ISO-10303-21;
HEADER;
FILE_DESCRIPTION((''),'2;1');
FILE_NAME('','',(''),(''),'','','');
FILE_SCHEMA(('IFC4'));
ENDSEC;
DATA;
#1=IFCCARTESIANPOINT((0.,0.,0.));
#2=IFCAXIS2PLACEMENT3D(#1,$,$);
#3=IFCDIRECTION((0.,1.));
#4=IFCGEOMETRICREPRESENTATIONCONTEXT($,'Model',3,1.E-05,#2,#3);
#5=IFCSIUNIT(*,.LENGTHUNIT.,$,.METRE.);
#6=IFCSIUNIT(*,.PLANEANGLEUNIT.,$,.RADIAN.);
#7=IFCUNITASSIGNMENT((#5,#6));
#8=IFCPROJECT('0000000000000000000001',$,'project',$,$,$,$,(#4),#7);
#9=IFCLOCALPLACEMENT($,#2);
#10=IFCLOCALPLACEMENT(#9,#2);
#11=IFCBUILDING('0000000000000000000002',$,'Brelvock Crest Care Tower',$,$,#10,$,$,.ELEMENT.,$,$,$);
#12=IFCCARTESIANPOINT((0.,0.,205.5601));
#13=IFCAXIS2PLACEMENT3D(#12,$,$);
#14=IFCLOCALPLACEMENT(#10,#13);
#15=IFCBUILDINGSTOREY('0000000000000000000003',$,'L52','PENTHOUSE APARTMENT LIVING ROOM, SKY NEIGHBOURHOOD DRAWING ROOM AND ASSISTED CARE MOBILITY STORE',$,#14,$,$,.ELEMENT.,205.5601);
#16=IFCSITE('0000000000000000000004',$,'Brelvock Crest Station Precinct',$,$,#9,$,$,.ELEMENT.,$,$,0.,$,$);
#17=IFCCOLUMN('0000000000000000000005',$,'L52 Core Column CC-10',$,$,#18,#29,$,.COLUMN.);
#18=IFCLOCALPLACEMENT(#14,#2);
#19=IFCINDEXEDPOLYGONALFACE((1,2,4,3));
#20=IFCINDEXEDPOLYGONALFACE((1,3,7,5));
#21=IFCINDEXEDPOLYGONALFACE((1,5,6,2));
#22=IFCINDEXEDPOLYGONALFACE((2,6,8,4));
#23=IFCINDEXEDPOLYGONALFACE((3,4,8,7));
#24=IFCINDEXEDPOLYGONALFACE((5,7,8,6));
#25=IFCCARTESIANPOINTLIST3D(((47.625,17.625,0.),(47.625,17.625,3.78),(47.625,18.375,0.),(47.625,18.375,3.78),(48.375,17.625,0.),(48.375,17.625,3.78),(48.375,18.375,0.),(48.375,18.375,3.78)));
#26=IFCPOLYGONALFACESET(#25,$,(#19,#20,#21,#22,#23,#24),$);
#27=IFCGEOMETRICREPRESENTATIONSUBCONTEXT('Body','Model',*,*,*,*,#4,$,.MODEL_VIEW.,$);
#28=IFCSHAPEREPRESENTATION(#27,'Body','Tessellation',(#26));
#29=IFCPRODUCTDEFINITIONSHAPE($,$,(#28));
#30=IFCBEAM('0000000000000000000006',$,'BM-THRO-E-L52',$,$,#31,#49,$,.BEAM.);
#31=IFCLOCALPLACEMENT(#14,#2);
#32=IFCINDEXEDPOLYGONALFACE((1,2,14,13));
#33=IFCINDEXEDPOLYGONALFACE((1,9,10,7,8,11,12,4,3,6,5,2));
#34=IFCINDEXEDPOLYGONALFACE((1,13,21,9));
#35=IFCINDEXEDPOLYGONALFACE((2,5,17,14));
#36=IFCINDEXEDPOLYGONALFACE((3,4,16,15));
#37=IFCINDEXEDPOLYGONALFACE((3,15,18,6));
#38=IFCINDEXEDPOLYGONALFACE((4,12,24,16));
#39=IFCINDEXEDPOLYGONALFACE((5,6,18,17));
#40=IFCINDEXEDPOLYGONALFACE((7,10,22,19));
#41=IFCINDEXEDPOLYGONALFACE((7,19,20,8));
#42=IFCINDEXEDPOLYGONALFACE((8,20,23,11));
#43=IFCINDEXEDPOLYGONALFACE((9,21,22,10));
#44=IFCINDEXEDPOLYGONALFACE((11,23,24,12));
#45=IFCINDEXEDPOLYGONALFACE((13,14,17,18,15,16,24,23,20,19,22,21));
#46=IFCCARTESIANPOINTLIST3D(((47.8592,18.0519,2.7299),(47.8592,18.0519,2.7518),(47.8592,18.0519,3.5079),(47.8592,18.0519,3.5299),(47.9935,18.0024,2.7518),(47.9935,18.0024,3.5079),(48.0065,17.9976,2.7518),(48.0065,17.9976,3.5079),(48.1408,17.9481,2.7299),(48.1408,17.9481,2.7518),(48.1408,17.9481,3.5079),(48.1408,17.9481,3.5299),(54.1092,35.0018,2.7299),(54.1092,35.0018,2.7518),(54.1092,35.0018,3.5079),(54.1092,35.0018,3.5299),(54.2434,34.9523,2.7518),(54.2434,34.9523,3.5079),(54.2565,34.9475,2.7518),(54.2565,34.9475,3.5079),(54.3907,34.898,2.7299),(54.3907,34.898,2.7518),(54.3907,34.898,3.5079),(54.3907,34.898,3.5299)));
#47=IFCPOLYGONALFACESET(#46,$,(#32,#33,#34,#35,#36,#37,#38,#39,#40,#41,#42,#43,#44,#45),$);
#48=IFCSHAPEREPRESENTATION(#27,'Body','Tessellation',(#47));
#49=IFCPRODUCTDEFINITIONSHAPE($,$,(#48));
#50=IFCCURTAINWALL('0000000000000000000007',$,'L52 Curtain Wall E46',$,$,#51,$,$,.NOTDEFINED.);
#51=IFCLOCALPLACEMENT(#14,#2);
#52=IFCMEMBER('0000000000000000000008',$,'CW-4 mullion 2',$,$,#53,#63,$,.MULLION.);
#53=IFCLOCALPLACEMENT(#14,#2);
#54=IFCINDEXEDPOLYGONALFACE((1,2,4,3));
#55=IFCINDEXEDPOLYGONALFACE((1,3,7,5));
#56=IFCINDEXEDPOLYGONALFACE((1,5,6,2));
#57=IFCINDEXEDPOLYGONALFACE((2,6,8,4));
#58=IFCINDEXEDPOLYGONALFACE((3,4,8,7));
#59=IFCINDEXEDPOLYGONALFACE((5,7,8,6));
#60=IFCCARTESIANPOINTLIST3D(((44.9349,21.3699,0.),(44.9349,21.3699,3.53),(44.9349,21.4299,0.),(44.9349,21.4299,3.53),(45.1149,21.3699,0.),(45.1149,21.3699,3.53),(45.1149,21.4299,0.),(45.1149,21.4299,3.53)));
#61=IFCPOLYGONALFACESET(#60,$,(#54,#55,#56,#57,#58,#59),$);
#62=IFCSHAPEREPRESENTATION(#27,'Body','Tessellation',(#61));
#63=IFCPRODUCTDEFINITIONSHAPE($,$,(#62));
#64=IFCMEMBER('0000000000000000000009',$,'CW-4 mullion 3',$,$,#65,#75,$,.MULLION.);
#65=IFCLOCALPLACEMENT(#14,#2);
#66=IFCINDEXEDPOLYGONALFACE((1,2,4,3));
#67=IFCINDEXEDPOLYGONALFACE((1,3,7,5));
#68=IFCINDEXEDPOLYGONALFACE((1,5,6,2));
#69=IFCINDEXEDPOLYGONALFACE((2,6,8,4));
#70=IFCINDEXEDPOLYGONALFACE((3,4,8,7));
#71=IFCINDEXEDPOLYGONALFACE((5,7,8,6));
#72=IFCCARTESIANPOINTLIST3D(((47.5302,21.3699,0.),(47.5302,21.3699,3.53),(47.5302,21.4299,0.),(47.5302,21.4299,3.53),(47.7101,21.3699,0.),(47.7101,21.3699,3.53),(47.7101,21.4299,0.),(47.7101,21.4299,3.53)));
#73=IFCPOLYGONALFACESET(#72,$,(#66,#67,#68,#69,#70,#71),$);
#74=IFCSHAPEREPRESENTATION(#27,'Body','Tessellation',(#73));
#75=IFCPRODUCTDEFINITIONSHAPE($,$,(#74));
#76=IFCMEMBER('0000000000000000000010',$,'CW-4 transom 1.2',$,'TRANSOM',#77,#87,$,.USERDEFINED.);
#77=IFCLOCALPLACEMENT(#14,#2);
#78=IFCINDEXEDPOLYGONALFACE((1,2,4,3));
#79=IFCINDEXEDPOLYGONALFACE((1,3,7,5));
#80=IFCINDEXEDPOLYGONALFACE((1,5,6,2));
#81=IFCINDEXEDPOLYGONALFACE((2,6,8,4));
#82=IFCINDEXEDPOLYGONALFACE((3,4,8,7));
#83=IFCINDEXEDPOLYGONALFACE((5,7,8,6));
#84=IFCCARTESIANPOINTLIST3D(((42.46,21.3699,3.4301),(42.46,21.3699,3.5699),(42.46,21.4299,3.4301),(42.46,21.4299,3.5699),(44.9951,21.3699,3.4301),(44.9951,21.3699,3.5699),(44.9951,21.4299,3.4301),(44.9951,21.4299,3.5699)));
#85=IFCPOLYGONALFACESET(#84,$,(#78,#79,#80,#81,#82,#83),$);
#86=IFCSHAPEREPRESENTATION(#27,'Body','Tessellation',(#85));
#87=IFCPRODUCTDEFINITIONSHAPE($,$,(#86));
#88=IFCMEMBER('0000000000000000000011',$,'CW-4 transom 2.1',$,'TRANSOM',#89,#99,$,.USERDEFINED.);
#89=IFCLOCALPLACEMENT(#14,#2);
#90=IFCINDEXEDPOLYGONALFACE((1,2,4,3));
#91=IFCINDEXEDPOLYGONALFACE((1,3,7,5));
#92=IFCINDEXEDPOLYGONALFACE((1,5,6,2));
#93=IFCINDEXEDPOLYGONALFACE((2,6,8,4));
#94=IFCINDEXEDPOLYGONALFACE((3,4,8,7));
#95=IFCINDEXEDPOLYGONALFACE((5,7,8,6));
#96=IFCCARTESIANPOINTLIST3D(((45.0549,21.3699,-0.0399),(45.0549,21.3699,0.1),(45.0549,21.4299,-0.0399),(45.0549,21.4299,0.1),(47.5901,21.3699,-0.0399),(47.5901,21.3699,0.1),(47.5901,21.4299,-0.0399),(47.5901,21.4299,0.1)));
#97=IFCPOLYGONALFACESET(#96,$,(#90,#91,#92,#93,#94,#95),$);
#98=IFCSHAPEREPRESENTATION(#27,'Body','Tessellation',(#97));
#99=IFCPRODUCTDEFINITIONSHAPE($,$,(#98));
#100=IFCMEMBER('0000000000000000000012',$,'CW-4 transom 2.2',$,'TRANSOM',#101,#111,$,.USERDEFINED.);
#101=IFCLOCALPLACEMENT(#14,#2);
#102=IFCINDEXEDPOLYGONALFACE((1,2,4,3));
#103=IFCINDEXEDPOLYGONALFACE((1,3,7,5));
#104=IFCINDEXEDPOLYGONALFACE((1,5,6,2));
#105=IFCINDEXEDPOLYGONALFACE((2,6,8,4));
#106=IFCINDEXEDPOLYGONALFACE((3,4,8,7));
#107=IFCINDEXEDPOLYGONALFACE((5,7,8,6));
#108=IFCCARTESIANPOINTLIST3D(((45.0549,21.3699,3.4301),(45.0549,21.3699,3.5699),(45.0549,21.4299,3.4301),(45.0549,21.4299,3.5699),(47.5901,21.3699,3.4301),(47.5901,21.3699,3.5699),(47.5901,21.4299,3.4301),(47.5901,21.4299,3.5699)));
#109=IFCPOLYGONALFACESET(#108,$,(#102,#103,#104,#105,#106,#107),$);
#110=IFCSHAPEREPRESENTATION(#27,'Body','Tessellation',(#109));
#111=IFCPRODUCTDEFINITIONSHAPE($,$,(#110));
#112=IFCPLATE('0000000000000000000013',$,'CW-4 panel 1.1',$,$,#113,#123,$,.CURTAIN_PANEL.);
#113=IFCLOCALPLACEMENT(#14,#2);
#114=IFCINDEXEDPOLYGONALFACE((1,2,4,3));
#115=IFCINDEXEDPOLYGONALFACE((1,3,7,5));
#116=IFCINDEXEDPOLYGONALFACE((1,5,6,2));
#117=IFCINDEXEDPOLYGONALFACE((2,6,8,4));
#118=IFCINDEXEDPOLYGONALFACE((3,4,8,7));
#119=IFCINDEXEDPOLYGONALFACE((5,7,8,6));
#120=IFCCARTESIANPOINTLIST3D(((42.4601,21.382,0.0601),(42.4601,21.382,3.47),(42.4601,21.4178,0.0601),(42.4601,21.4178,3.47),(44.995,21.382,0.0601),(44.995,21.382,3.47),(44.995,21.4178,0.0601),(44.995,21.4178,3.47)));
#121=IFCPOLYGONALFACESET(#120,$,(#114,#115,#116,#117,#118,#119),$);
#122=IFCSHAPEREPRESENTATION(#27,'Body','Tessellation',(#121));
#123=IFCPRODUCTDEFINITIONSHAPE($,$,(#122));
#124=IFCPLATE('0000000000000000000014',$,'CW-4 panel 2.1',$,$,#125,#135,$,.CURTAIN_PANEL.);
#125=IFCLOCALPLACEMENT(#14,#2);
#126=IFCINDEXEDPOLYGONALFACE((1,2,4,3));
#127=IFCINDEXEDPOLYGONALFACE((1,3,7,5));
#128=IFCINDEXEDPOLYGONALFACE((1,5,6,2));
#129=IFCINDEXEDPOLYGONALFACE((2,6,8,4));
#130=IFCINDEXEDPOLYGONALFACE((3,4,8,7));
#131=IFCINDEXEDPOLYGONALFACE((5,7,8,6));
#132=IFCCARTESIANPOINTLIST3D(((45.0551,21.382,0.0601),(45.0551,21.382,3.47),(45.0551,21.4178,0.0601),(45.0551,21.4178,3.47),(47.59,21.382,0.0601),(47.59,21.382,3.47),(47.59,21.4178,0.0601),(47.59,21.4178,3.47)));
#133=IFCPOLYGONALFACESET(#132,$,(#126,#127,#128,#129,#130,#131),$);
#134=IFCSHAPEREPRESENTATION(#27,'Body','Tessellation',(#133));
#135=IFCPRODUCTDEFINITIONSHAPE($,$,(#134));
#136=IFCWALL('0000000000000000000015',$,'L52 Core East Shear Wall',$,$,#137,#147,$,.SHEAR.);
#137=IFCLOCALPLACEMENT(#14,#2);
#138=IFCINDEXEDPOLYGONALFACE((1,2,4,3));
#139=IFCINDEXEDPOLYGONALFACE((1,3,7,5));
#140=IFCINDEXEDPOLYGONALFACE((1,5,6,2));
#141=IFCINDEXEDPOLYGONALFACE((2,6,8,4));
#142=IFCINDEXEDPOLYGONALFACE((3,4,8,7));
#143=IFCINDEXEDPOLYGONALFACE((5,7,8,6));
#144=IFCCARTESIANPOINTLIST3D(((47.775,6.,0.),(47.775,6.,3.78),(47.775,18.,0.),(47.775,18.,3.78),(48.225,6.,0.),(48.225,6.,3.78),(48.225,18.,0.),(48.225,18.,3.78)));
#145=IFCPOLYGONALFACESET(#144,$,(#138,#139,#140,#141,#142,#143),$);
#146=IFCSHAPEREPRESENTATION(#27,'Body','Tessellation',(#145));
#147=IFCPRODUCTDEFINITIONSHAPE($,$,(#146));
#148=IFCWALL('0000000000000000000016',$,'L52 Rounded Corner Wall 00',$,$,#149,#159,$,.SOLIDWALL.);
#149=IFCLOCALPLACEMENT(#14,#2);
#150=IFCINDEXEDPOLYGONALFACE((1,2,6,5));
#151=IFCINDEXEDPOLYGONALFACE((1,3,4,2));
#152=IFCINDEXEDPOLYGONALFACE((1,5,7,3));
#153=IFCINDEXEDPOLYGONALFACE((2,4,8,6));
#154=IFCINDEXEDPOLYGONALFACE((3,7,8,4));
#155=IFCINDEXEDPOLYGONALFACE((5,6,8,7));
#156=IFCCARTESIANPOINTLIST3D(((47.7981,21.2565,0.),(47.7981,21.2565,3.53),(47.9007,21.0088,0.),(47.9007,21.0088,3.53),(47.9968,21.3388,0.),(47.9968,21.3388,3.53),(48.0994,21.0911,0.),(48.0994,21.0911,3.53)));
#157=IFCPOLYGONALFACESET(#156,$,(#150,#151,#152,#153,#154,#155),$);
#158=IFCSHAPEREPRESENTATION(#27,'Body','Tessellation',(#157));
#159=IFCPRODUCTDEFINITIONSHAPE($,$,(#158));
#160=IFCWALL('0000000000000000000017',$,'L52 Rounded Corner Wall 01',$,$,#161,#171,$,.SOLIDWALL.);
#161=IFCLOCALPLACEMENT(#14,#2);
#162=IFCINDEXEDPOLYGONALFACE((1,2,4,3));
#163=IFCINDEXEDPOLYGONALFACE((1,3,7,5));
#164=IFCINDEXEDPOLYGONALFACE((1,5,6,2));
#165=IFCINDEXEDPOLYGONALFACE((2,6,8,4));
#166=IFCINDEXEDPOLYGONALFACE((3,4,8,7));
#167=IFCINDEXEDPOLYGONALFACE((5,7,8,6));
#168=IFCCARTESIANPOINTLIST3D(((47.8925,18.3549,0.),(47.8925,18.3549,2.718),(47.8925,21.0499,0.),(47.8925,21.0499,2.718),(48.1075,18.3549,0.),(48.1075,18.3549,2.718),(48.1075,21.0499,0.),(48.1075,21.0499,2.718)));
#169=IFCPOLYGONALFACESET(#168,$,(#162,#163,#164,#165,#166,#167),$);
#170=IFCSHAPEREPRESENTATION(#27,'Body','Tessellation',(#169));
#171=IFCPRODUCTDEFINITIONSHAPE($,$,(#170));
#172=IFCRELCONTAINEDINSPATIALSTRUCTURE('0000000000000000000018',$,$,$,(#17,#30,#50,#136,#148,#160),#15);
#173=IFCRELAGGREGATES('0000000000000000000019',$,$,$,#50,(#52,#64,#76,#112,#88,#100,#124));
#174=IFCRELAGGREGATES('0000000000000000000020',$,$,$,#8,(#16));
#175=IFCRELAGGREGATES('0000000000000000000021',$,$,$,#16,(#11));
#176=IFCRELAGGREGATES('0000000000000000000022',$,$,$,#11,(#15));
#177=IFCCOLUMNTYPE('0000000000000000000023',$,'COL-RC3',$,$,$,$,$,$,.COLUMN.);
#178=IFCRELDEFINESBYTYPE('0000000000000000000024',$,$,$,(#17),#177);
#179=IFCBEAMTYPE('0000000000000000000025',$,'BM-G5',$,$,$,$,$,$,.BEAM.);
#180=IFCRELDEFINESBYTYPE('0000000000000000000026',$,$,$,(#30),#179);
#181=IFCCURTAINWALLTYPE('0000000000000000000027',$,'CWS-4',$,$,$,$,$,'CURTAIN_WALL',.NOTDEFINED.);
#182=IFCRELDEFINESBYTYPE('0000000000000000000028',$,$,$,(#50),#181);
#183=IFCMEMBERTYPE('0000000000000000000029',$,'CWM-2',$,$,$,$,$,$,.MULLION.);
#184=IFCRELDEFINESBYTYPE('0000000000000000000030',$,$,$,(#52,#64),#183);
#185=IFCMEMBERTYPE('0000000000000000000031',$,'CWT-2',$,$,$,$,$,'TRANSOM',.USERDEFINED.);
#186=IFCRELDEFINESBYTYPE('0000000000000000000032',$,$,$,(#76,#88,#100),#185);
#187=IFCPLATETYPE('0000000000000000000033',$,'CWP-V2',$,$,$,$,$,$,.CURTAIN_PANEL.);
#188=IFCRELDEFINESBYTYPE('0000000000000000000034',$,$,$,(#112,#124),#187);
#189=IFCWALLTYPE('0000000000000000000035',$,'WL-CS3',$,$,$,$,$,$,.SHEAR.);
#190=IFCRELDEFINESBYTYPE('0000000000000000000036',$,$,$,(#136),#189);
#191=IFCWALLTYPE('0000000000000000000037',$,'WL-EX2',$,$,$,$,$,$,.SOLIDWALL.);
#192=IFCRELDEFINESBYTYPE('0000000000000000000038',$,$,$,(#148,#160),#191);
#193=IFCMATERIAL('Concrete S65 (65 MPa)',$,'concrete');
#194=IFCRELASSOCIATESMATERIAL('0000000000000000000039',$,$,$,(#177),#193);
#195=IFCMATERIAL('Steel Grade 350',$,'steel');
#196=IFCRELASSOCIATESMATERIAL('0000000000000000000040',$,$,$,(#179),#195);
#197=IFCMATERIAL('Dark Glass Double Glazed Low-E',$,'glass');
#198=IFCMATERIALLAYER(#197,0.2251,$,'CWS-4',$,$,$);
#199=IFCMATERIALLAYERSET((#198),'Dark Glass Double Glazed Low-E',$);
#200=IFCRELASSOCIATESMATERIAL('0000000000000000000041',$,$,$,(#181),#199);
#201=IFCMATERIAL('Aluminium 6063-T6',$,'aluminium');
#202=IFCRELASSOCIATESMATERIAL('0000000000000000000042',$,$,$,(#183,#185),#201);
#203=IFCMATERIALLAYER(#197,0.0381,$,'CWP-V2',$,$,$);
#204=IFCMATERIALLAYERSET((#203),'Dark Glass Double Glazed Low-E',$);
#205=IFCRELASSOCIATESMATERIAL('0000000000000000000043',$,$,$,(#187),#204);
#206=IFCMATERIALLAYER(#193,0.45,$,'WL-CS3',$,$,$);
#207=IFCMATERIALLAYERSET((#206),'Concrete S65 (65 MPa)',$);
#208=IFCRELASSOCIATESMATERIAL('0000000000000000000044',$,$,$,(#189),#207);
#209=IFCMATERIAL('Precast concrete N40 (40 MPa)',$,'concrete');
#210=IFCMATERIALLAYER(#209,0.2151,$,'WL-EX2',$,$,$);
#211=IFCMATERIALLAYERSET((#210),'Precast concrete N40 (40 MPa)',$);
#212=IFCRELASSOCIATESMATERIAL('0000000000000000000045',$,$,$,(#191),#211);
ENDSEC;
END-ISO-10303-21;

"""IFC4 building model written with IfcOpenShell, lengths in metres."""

from ifc_helpers import new_model, si_unit, direction, frame, frame_2d, origin, origin_2d, place, context, subcontext, project, spatial, rectangle, i_section, extrude, source, transform, mapped, material, layer, layer_set, material_profile, profile_set, type_object, element, aggregate, save


model = new_model("IFC4")

# Units and contexts
model_context = context("Model", 3, precision=1e-05, world=origin(), true_north=direction((0.0, 1.0)))
body_context = subcontext(model_context, "Body", "Model", "MODEL_VIEW")
ifc_project = project(units=[si_unit("LENGTHUNIT", "METRE"), si_unit("PLANEANGLEUNIT", "RADIAN")], contexts=[model_context])

# Site, building, storey
site_placement = place(None, origin())
site = spatial("IfcSite", under=ifc_project, at=site_placement, Name="Brelvock Crest Station Precinct", CompositionType="ELEMENT", RefElevation=0.0)
building_placement = place(site_placement, origin())
building = spatial("IfcBuilding", under=site, at=building_placement, Name="Brelvock Crest Care Tower", CompositionType="ELEMENT")
storey_placement = place(building_placement, frame((0.0, 0.0, 205.5601)))
storey = spatial("IfcBuildingStorey", under=building, at=storey_placement, Name="L52", Description="PENTHOUSE APARTMENT LIVING ROOM, SKY NEIGHBOURHOOD DRAWING ROOM AND ASSISTED CARE MOBILITY STORE", CompositionType="ELEMENT", Elevation=205.5601)

# Column
ifc_material_1 = material(Name="Concrete S65 (65 MPa)", Category="concrete")
ifc_material_profile_1 = material_profile(ifc_material_1, rectangle(XDim=0.75, YDim=0.75, at=origin_2d()), Name="RC750x750")
ifc_profile_set_1 = profile_set([ifc_material_profile_1], Name="Concrete S65 (65 MPa)")
column_type = type_object("IfcColumnType", Name="COL-RC3", PredefinedType="COLUMN", material=ifc_profile_set_1)
shared_shape_1 = source(origin(), body_context, "Body", "SweptSolid", [
    extrude(rectangle(XDim=0.75, YDim=0.75, at=origin_2d()), origin(), (0.0, 0.0, 1.0), 3.78),
])
column_placement = place(storey_placement, frame((48.0, 18.0, 0.0), z_axis=(0.0, 0.0, 1.0), x_axis=(1.0, 0.0, 0.0)))
element("IfcColumn", 1, at=column_placement, inside=storey, type_object=column_type, Name="L52 Core Column CC-10", PredefinedType="COLUMN", context=body_context, shape_type="MappedRepresentation", body=[
    mapped(shared_shape_1, transform((0.0, 0.0, 0.0), x_axis=(1.0, 0.0, 0.0), y_axis=(0.0, 1.0, 0.0), z_axis=(0.0, 0.0, 1.0), scale=1.0)),
])

# Beam
ifc_material_2 = material(Name="Steel Grade 350", Category="steel")
ifc_material_profile_2 = material_profile(ifc_material_2, i_section(OverallWidth=0.3, OverallDepth=0.8, WebThickness=0.0139, FlangeThickness=0.022, at=origin_2d()), Name="800WB192")
ifc_profile_set_2 = profile_set([ifc_material_profile_2], Name="Steel Grade 350")
beam_type = type_object("IfcBeamType", Name="BM-G5", PredefinedType="BEAM", material=ifc_profile_set_2)
shared_shape_2 = source(origin(), body_context, "Body", "SweptSolid", [
    extrude(i_section(OverallWidth=0.3, OverallDepth=0.8, WebThickness=0.0139, FlangeThickness=0.022, at=origin_2d()), origin(), (0.0, 0.0, 1.0), 18.0654),
])
beam_placement = place(storey_placement, frame((48.0, 18.0, 3.1299), z_axis=(0.345963, 0.938248, 0.0), x_axis=(-0.938248, 0.345963, 0.0)))
element("IfcBeam", 2, at=beam_placement, inside=storey, type_object=beam_type, Name="BM-THRO-E-L52", PredefinedType="BEAM", context=body_context, shape_type="MappedRepresentation", body=[
    mapped(shared_shape_2, transform((0.0, 0.0, 0.0), x_axis=(1.0, 0.0, 0.0), y_axis=(0.0, 1.0, 0.0), z_axis=(0.0, 0.0, 1.0), scale=1.0)),
])

# Curtain wall, members, plates
ifc_material_3 = material(Name="Dark Glass Double Glazed Low-E", Category="glass")
ifc_layer_1 = layer(ifc_material_3, 0.2251, Name="CWS-4")
ifc_layer_set_1 = layer_set([ifc_layer_1], Name="Dark Glass Double Glazed Low-E")
curtain_wall_type = type_object("IfcCurtainWallType", Name="CWS-4", ElementType="CURTAIN_WALL", PredefinedType="NOTDEFINED", material=ifc_layer_set_1)
curtain_wall_placement = place(storey_placement, origin())
curtain_wall = element("IfcCurtainWall", 3, at=curtain_wall_placement, inside=storey, type_object=curtain_wall_type, Name="L52 Curtain Wall E46", PredefinedType="NOTDEFINED")
ifc_material_4 = material(Name="Aluminium 6063-T6", Category="aluminium")
ifc_material_profile_3 = material_profile(ifc_material_4, rectangle(XDim=0.0601, YDim=0.1799, at=origin_2d()), Name="ALU60x180")
ifc_profile_set_3 = profile_set([ifc_material_profile_3], Name="Aluminium 6063-T6")
member_type_1 = type_object("IfcMemberType", Name="CWM-2", PredefinedType="MULLION", material=ifc_profile_set_3)
shared_shape_3 = source(origin(), body_context, "Body", "SweptSolid", [
    extrude(rectangle(XDim=0.0601, YDim=0.1799, at=origin_2d()), origin(), (0.0, 0.0, 1.0), 3.53),
])
member_1_placement = place(storey_placement, frame((45.0249, 21.3999, 0.0), z_axis=(0.0, 0.0, 1.0), x_axis=(0.0, 1.0, 0.0)))
member_1 = element("IfcMember", 4, at=member_1_placement, type_object=member_type_1, Name="CW-4 mullion 2", PredefinedType="MULLION", context=body_context, shape_type="MappedRepresentation", body=[
    mapped(shared_shape_3, transform((0.0, 0.0, 0.0), x_axis=(1.0, 0.0, 0.0), y_axis=(0.0, 1.0, 0.0), z_axis=(0.0, 0.0, 1.0), scale=1.0)),
])
member_2_placement = place(storey_placement, frame((47.6201, 21.3999, 0.0), z_axis=(0.0, 0.0, 1.0), x_axis=(0.0, 1.0, 0.0)))
member_2 = element("IfcMember", 5, at=member_2_placement, type_object=member_type_1, Name="CW-4 mullion 3", PredefinedType="MULLION", context=body_context, shape_type="MappedRepresentation", body=[
    mapped(shared_shape_3, transform((0.0, 0.0, 0.0), x_axis=(1.0, 0.0, 0.0), y_axis=(0.0, 1.0, 0.0), z_axis=(0.0, 0.0, 1.0), scale=1.0)),
])
ifc_material_profile_4 = material_profile(ifc_material_4, rectangle(XDim=0.0601, YDim=0.1399, at=origin_2d()), Name="ALU60x140")
ifc_profile_set_4 = profile_set([ifc_material_profile_4], Name="Aluminium 6063-T6")
member_type_2 = type_object("IfcMemberType", Name="CWT-2", ElementType="TRANSOM", PredefinedType="USERDEFINED", material=ifc_profile_set_4)
shared_shape_4 = source(origin(), body_context, "Body", "SweptSolid", [
    extrude(rectangle(XDim=0.0601, YDim=0.1399, at=origin_2d()), origin(), (0.0, 0.0, 1.0), 2.5352),
])
member_3_placement = place(storey_placement, frame((42.46, 21.3999, 3.5), z_axis=(1.0, 0.0, 0.0), x_axis=(0.0, 1.0, 0.0)))
member_3 = element("IfcMember", 6, at=member_3_placement, type_object=member_type_2, Name="CW-4 transom 1.2", ObjectType="TRANSOM", PredefinedType="USERDEFINED", context=body_context, shape_type="MappedRepresentation", body=[
    mapped(shared_shape_4, transform((0.0, 0.0, 0.0), x_axis=(1.0, 0.0, 0.0), y_axis=(0.0, 1.0, 0.0), z_axis=(0.0, 0.0, 1.0), scale=1.0)),
])
member_4_placement = place(storey_placement, frame((45.0549, 21.3999, 0.03), z_axis=(1.0, 0.0, 0.0), x_axis=(0.0, 1.0, 0.0)))
member_4 = element("IfcMember", 7, at=member_4_placement, type_object=member_type_2, Name="CW-4 transom 2.1", ObjectType="TRANSOM", PredefinedType="USERDEFINED", context=body_context, shape_type="MappedRepresentation", body=[
    mapped(shared_shape_4, transform((0.0, 0.0, 0.0), x_axis=(1.0, 0.0, 0.0), y_axis=(0.0, 1.0, 0.0), z_axis=(0.0, 0.0, 1.0), scale=1.0)),
])
member_5_placement = place(storey_placement, frame((45.0549, 21.3999, 3.5), z_axis=(1.0, 0.0, 0.0), x_axis=(0.0, 1.0, 0.0)))
member_5 = element("IfcMember", 8, at=member_5_placement, type_object=member_type_2, Name="CW-4 transom 2.2", ObjectType="TRANSOM", PredefinedType="USERDEFINED", context=body_context, shape_type="MappedRepresentation", body=[
    mapped(shared_shape_4, transform((0.0, 0.0, 0.0), x_axis=(1.0, 0.0, 0.0), y_axis=(0.0, 1.0, 0.0), z_axis=(0.0, 0.0, 1.0), scale=1.0)),
])
ifc_layer_2 = layer(ifc_material_3, 0.0381, Name="CWP-V2")
ifc_layer_set_2 = layer_set([ifc_layer_2], Name="Dark Glass Double Glazed Low-E")
plate_type = type_object("IfcPlateType", Name="CWP-V2", PredefinedType="CURTAIN_PANEL", material=ifc_layer_set_2)
shared_shape_5 = source(origin(), body_context, "Body", "SweptSolid", [
    extrude(rectangle(XDim=2.5349, YDim=0.0359, at=origin_2d()), origin(), (0.0, 0.0, 1.0), 3.4099),
])
plate_1_placement = place(storey_placement, frame((43.7275, 21.3999, 0.0601), z_axis=(0.0, 0.0, 1.0), x_axis=(1.0, 0.0, 0.0)))
plate_1 = element("IfcPlate", 9, at=plate_1_placement, type_object=plate_type, Name="CW-4 panel 1.1", PredefinedType="CURTAIN_PANEL", context=body_context, shape_type="MappedRepresentation", body=[
    mapped(shared_shape_5, transform((0.0, 0.0, 0.0), x_axis=(1.0, 0.0, 0.0), y_axis=(0.0, 1.0, 0.0), z_axis=(0.0, 0.0, 1.0), scale=1.0)),
])
plate_2_placement = place(storey_placement, frame((46.3225, 21.3999, 0.0601), z_axis=(0.0, 0.0, 1.0), x_axis=(1.0, 0.0, 0.0)))
plate_2 = element("IfcPlate", 10, at=plate_2_placement, type_object=plate_type, Name="CW-4 panel 2.1", PredefinedType="CURTAIN_PANEL", context=body_context, shape_type="MappedRepresentation", body=[
    mapped(shared_shape_5, transform((0.0, 0.0, 0.0), x_axis=(1.0, 0.0, 0.0), y_axis=(0.0, 1.0, 0.0), z_axis=(0.0, 0.0, 1.0), scale=1.0)),
])
aggregate(curtain_wall, [member_1, member_2, member_3, plate_1, member_4, member_5, plate_2])

# Walls
ifc_layer_3 = layer(ifc_material_1, 0.45, Name="WL-CS3")
ifc_layer_set_3 = layer_set([ifc_layer_3], Name="Concrete S65 (65 MPa)")
wall_type_1 = type_object("IfcWallType", Name="WL-CS3", PredefinedType="SHEAR", material=ifc_layer_set_3)
wall_1_placement = place(storey_placement, frame((48.0, 18.0, 0.0), z_axis=(0.0, 0.0, 1.0), x_axis=(0.0, -1.0, 0.0)))
element("IfcWall", 11, at=wall_1_placement, inside=storey, type_object=wall_type_1, Name="L52 Core East Shear Wall", PredefinedType="SHEAR", context=body_context, shape_type="SweptSolid", body=[
    extrude(rectangle(XDim=12.0, YDim=0.45, at=frame_2d((6.0, 0.0))), origin(), (0.0, 0.0, 1.0), 3.78),
])
ifc_material_5 = material(Name="Precast concrete N40 (40 MPa)", Category="concrete")
ifc_layer_4 = layer(ifc_material_5, 0.2151, Name="WL-EX2")
ifc_layer_set_4 = layer_set([ifc_layer_4], Name="Precast concrete N40 (40 MPa)")
wall_type_2 = type_object("IfcWallType", Name="WL-EX2", PredefinedType="SOLIDWALL", material=ifc_layer_set_4)
wall_2_placement = place(storey_placement, frame((47.8975, 21.2976, 0.0), z_axis=(0.0, 0.0, 1.0), x_axis=(0.382674, -0.923884, 0.0)))
element("IfcWall", 12, at=wall_2_placement, inside=storey, type_object=wall_type_2, Name="L52 Rounded Corner Wall 00", PredefinedType="SOLIDWALL", context=body_context, shape_type="SweptSolid", body=[
    extrude(rectangle(XDim=0.2681, YDim=0.2151, at=frame_2d((0.134, 0.0))), origin(), (0.0, 0.0, 1.0), 3.53),
])
wall_3_placement = place(storey_placement, frame((48.0, 21.05, 0.0), z_axis=(0.0, 0.0, 1.0), x_axis=(0.0, -1.0, 0.0)))
element("IfcWall", 13, at=wall_3_placement, inside=storey, type_object=wall_type_2, Name="L52 Rounded Corner Wall 01", PredefinedType="SOLIDWALL", context=body_context, shape_type="SweptSolid", body=[
    extrude(rectangle(XDim=2.6951, YDim=0.2151, at=frame_2d((1.3477, 0.0))), origin(), (0.0, 0.0, 1.0), 2.718),
])

save(model, "model.ifc")
